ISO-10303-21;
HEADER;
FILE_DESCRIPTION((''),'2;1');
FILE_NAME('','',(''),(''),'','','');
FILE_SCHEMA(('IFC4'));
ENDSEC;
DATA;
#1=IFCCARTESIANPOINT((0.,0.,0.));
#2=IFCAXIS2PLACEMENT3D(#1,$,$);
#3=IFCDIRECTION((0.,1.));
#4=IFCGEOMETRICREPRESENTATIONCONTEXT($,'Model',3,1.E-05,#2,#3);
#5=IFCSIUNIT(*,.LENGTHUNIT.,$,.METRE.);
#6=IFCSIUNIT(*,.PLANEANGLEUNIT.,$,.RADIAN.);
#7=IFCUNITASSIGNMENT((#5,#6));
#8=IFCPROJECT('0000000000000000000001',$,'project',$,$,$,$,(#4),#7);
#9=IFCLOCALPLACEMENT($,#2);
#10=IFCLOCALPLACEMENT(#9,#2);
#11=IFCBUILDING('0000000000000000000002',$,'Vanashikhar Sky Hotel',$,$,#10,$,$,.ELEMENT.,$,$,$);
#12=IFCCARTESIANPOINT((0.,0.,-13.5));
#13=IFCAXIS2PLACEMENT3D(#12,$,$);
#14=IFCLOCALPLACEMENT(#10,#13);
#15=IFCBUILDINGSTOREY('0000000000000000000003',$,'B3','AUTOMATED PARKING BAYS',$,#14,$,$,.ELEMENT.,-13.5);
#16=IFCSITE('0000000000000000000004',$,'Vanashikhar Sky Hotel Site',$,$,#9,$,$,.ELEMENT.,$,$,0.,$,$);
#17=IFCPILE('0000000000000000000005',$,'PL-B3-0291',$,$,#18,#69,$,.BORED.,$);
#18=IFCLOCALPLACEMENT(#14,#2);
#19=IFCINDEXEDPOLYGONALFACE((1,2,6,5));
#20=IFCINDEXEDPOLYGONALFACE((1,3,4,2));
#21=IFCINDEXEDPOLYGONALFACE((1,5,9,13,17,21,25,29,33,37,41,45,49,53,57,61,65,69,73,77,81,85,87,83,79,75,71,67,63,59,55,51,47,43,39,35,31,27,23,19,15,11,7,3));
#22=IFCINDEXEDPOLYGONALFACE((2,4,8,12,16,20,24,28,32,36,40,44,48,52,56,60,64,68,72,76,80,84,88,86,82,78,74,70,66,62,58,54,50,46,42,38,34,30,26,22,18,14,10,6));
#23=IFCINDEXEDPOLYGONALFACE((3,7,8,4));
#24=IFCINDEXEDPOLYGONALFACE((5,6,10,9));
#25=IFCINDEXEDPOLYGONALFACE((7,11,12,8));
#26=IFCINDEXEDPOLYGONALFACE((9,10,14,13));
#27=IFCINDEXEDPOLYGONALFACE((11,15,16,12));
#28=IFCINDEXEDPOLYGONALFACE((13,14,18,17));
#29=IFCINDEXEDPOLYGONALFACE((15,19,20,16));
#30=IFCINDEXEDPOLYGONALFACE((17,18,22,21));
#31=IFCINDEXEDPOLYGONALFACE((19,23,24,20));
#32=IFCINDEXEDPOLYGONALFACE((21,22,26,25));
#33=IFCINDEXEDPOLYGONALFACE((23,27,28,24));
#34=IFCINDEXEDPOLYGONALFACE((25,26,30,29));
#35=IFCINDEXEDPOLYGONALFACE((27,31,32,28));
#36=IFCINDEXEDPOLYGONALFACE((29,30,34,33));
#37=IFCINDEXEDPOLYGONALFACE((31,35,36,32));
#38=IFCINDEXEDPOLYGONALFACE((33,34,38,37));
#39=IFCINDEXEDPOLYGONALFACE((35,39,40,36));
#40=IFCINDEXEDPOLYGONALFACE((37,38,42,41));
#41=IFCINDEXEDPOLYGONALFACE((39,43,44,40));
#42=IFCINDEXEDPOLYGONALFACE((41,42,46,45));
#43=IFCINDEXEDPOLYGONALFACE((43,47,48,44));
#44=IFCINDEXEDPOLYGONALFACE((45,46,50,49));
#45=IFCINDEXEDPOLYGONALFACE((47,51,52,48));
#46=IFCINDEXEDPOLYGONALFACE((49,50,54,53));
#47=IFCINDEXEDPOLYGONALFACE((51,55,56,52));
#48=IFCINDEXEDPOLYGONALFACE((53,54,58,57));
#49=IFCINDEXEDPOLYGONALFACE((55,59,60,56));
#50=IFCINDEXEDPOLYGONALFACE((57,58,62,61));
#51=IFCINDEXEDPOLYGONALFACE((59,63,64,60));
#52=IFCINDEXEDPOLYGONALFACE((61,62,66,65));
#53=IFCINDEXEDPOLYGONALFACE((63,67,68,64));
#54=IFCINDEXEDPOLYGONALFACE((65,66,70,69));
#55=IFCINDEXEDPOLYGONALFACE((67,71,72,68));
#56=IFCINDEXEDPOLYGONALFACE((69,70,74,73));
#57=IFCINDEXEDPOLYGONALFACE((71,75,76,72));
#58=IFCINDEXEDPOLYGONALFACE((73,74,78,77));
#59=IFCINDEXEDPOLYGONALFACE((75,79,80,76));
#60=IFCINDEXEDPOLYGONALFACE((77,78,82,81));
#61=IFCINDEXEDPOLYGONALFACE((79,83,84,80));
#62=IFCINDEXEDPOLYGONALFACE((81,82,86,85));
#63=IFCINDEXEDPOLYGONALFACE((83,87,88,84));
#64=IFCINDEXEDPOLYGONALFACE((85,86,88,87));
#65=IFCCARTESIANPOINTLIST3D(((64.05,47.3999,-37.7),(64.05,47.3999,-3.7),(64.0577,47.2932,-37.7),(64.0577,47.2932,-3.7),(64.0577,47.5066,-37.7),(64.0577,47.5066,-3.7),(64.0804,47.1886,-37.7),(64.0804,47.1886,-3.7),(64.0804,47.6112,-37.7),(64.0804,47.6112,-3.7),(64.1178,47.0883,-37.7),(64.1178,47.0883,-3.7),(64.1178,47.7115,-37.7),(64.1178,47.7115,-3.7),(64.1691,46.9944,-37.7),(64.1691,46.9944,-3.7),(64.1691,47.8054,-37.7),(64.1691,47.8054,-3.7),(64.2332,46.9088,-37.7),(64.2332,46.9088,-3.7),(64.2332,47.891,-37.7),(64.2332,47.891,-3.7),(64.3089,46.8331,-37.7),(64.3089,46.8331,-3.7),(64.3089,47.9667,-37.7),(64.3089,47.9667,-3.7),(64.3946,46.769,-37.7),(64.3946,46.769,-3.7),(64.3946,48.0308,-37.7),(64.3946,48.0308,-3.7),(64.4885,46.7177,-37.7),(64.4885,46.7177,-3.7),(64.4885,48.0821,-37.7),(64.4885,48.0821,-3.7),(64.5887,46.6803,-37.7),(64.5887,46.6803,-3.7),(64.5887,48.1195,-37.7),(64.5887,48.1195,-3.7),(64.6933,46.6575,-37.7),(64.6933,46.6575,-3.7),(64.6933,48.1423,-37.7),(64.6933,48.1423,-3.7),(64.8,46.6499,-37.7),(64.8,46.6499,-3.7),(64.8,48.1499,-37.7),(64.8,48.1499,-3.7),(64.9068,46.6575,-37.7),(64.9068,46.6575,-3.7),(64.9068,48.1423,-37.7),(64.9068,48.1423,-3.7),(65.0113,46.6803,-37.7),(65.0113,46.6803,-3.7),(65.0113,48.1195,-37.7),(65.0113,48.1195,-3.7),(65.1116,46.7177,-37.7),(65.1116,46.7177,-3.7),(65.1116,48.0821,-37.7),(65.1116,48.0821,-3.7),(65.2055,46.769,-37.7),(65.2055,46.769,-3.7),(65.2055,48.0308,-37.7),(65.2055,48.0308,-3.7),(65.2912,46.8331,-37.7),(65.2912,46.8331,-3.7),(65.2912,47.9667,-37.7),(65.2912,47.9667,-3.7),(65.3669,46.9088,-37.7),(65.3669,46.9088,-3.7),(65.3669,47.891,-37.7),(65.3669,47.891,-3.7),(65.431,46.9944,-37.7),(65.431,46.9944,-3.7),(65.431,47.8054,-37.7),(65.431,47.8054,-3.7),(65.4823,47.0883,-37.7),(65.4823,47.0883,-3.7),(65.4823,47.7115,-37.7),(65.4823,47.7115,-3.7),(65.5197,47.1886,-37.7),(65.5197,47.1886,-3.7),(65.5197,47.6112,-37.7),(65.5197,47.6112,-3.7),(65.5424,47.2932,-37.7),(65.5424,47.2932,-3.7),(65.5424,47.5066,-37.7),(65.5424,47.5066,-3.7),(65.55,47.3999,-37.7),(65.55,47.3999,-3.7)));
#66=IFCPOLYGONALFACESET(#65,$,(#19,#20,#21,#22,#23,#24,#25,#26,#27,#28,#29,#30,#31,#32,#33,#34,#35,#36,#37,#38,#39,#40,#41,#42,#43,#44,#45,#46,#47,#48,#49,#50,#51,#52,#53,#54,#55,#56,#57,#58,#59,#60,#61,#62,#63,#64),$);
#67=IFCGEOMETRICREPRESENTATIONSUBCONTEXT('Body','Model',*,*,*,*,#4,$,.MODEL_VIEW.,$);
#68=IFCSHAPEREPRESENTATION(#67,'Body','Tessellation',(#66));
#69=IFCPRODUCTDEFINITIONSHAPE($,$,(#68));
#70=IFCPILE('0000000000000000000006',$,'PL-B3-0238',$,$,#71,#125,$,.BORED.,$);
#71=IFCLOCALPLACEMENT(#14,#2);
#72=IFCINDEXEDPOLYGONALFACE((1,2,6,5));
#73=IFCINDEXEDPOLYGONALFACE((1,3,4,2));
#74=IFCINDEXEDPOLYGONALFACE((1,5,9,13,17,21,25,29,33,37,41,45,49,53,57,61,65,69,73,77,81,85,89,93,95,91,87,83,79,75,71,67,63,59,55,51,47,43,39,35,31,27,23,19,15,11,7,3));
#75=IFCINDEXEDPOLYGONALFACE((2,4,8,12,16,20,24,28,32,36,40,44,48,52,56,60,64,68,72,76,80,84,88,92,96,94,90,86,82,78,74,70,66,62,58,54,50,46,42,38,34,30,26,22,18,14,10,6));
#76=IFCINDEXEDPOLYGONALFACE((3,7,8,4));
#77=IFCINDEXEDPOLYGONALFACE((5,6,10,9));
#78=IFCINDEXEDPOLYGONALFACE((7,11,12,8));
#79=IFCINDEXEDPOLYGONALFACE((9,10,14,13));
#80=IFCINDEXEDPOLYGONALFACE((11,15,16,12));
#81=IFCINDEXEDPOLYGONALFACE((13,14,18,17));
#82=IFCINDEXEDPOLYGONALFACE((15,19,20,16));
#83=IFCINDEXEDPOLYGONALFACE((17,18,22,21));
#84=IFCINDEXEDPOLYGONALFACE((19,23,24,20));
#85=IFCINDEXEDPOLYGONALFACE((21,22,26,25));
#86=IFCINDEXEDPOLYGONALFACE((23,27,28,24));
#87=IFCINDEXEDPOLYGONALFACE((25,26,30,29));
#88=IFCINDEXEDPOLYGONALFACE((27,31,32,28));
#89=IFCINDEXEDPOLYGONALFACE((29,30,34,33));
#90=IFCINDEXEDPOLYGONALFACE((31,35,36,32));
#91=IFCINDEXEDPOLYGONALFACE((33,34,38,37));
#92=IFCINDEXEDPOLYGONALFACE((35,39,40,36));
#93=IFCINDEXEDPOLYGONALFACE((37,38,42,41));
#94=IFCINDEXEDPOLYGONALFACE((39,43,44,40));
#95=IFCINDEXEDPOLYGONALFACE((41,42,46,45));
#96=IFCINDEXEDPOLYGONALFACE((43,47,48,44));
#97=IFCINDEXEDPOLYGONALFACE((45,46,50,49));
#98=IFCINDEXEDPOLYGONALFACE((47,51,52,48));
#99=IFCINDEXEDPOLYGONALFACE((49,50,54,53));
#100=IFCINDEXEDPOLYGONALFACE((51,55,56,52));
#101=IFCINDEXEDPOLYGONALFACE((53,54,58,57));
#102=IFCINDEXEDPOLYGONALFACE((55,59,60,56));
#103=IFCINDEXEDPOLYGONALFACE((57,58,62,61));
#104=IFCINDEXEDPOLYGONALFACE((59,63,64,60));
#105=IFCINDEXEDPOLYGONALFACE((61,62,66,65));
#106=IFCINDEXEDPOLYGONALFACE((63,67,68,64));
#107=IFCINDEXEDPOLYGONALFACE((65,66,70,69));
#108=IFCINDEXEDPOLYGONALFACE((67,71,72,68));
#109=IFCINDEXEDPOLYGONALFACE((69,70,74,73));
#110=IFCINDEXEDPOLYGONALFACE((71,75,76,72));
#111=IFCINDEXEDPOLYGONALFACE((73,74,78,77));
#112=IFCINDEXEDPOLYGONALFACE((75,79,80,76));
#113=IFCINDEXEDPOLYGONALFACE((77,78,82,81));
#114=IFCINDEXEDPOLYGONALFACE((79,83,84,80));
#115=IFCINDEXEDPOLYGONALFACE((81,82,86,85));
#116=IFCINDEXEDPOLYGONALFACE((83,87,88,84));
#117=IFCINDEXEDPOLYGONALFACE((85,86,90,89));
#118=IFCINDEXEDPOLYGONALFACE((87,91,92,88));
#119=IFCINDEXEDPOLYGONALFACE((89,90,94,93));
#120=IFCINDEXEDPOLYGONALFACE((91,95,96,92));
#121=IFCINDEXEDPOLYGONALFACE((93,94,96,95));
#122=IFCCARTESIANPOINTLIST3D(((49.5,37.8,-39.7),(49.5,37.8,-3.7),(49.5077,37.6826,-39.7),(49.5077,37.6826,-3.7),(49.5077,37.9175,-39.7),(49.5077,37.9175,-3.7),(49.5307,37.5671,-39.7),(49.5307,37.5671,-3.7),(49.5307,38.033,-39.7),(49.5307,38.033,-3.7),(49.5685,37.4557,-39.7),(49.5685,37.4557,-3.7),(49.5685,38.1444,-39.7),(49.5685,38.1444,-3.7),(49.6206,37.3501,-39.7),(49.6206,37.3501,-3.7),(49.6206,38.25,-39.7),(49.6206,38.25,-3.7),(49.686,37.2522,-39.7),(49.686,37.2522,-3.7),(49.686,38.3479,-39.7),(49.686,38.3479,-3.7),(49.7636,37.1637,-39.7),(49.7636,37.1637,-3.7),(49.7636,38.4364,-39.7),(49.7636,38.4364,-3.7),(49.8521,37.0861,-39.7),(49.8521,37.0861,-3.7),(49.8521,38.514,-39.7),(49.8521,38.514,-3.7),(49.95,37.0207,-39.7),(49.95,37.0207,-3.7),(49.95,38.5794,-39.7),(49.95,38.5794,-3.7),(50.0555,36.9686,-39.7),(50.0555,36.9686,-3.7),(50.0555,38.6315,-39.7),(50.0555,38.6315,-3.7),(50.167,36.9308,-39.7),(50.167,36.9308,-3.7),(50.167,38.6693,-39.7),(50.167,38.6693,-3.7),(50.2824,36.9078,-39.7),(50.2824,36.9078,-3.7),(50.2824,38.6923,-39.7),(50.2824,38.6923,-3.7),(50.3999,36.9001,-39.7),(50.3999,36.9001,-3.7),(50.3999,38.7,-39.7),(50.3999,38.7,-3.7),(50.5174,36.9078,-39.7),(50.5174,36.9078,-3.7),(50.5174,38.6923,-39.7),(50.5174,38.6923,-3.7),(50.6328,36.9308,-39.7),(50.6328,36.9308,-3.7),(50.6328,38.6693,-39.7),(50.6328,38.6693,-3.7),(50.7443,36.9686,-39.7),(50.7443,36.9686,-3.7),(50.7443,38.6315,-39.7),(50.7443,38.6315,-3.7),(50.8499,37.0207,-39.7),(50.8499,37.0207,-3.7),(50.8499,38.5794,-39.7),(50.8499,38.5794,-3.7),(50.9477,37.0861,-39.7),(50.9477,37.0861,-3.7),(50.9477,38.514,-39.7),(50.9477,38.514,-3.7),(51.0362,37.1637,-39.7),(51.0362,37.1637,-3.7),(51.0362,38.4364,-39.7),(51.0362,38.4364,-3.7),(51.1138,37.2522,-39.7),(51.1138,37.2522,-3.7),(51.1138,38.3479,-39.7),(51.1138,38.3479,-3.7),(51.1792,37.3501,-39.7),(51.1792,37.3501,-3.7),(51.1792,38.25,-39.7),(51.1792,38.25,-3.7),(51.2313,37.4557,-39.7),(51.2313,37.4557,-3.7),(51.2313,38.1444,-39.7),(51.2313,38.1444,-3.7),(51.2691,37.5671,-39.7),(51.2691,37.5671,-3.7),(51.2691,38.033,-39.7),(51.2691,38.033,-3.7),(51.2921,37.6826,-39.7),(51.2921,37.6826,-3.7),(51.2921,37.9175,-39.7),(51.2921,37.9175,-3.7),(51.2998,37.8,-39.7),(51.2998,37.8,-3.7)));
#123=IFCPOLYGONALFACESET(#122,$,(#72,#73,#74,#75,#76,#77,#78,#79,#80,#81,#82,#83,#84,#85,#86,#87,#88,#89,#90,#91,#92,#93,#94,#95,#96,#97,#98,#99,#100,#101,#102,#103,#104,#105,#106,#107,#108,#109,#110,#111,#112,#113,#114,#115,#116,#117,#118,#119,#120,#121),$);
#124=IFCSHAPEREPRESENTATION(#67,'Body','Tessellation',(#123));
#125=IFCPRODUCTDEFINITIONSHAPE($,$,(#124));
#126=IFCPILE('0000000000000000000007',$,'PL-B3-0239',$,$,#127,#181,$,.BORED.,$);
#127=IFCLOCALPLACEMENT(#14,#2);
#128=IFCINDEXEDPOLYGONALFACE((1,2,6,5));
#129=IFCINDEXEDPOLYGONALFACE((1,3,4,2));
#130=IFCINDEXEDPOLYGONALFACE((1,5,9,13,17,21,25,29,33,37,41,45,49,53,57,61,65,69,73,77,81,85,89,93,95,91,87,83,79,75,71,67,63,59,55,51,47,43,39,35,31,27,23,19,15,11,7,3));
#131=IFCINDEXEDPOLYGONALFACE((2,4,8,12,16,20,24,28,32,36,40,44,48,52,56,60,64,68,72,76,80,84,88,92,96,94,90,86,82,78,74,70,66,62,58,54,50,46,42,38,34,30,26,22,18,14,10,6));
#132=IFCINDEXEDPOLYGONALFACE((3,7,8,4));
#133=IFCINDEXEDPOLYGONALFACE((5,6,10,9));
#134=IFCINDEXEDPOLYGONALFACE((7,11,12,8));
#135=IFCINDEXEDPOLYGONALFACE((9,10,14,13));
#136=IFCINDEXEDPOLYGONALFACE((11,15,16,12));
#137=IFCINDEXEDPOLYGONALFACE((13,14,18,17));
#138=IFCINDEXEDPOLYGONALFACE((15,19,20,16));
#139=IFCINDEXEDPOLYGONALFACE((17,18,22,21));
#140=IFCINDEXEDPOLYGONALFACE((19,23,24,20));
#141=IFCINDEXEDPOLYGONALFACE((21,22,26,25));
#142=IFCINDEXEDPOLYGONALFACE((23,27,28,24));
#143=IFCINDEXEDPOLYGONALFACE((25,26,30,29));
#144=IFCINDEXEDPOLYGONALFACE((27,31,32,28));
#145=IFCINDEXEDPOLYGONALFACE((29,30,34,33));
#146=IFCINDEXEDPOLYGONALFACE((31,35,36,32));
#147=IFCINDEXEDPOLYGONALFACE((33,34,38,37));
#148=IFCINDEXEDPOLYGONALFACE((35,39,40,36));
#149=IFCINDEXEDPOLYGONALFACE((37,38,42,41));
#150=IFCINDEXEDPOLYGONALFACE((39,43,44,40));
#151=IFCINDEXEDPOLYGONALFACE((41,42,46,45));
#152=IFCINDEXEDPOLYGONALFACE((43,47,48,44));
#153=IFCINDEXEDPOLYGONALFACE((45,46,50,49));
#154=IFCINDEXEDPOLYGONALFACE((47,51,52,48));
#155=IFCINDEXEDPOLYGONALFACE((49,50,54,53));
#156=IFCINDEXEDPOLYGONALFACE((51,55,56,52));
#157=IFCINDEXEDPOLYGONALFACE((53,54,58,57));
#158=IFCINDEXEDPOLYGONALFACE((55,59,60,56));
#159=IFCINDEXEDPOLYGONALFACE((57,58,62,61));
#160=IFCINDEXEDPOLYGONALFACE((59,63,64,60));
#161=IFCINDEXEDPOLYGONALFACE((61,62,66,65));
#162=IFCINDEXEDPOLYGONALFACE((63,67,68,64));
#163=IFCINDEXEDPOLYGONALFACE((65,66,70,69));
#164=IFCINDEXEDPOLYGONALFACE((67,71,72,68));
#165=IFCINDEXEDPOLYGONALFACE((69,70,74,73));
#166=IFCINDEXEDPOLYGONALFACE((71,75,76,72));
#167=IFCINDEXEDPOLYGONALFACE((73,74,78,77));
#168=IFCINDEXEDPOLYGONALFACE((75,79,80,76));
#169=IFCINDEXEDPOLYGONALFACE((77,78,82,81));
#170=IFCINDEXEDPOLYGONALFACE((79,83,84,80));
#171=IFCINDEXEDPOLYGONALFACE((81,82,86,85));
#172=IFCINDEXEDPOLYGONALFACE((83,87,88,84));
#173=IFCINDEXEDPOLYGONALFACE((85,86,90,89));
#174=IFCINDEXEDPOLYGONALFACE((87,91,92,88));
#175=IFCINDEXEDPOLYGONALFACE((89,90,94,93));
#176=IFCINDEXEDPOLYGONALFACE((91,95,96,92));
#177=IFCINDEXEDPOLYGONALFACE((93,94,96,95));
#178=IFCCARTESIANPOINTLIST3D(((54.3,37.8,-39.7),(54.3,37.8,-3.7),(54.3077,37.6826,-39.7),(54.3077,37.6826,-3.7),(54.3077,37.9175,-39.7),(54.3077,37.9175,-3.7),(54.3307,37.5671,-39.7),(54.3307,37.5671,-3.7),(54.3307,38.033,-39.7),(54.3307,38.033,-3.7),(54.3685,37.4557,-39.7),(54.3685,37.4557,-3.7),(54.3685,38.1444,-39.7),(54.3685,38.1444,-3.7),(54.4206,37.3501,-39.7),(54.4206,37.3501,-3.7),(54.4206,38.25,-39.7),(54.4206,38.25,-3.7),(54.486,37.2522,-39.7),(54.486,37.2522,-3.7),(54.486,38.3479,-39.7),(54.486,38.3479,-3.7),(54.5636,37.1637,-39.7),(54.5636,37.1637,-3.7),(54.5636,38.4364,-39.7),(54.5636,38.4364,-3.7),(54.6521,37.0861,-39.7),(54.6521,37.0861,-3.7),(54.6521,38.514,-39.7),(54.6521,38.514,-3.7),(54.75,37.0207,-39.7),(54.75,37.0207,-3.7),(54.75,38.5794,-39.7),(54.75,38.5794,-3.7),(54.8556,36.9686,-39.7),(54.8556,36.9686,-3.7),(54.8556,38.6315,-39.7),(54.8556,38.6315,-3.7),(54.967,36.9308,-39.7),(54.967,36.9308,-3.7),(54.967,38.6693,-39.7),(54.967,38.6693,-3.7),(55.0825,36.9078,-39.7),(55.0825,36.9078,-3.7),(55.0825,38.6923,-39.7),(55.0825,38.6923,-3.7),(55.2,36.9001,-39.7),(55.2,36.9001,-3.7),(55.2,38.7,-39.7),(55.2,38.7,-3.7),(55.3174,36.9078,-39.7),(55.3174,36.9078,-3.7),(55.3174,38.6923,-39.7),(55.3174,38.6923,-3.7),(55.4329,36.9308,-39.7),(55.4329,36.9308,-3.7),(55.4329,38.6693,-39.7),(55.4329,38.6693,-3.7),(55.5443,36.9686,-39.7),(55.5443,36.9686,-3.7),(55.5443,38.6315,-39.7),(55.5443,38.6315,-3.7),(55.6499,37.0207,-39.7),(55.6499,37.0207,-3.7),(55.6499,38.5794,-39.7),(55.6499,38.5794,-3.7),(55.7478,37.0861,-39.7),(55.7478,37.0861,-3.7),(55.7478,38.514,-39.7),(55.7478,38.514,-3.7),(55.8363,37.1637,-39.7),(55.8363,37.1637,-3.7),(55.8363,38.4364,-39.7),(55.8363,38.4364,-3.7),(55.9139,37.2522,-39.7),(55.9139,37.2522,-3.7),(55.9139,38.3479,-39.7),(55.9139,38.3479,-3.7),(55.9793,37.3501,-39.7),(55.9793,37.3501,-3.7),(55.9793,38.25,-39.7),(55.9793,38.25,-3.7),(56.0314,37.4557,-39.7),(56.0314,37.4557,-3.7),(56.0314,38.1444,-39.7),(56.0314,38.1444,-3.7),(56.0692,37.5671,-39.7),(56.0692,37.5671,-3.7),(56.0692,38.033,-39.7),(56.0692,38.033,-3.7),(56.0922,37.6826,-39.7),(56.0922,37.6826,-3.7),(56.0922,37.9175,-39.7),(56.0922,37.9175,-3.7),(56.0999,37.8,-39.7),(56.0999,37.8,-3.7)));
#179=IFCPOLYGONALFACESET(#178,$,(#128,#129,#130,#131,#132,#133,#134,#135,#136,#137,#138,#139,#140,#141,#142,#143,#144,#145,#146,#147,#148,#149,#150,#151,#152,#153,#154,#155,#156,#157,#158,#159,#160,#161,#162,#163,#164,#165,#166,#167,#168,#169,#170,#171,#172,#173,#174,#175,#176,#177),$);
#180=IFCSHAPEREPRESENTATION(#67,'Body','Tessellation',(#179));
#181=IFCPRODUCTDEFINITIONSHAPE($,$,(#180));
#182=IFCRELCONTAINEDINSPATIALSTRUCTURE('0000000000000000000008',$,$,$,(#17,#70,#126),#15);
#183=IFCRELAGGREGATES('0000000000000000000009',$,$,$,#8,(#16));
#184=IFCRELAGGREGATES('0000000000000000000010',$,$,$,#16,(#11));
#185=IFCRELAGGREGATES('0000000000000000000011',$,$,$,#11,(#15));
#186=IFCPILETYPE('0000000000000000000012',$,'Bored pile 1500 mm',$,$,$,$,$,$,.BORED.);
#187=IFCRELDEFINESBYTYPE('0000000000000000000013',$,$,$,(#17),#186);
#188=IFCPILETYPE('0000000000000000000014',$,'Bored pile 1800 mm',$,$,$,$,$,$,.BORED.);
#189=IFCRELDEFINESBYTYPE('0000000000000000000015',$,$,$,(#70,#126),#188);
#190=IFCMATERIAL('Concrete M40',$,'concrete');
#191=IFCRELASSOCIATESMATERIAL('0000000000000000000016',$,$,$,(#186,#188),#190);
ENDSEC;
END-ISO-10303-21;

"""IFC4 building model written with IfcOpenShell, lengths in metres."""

from ifc_helpers import new_model, si_unit, direction, frame, origin, origin_2d, place, context, subcontext, project, spatial, circle, extrude, source, transform, mapped, material, type_object, element, save


model = new_model("IFC4")

# Units and contexts
model_context = context("Model", 3, precision=1e-05, world=origin(), true_north=direction((0.0, 1.0)))
body_context = subcontext(model_context, "Body", "Model", "MODEL_VIEW")
ifc_project = project(units=[si_unit("LENGTHUNIT", "METRE"), si_unit("PLANEANGLEUNIT", "RADIAN")], contexts=[model_context])

# Site, building, storey
site_placement = place(None, origin())
site = spatial("IfcSite", under=ifc_project, at=site_placement, Name="Vanashikhar Sky Hotel Site", CompositionType="ELEMENT", RefElevation=0.0)
building_placement = place(site_placement, origin())
building = spatial("IfcBuilding", under=site, at=building_placement, Name="Vanashikhar Sky Hotel", CompositionType="ELEMENT")
storey_placement = place(building_placement, frame((0.0, 0.0, -13.5)))
storey = spatial("IfcBuildingStorey", under=building, at=storey_placement, Name="B3", Description="AUTOMATED PARKING BAYS", CompositionType="ELEMENT", Elevation=-13.5)

# Piles
ifc_material_1 = material(Name="Concrete M40", Category="concrete")
pile_type_1 = type_object("IfcPileType", Name="Bored pile 1500 mm", PredefinedType="BORED", material=ifc_material_1)
shared_shape_1 = source(origin(), body_context, "Body", "SweptSolid", [
    extrude(circle(Radius=0.75, at=origin_2d()), origin(), (0.0, 0.0, 1.0), 34.0),
])
for number, where, z_axis, x_axis, name in (
    (1, (64.8, 47.3999, -3.7), (0.0, 0.0, -1.0), (1.0, 0.0, 0.0), "PL-B3-0291"),
):
    element("IfcPile", number, at=place(storey_placement, frame(where, z_axis=z_axis, x_axis=x_axis)), inside=storey, type_object=pile_type_1, Name=name, PredefinedType="BORED", context=body_context, shape_type="MappedRepresentation", body=[
        mapped(shared_shape_1, transform((0.0, 0.0, 0.0), scale=1.0)),
    ])
pile_type_2 = type_object("IfcPileType", Name="Bored pile 1800 mm", PredefinedType="BORED", material=ifc_material_1)
shared_shape_2 = source(origin(), body_context, "Body", "SweptSolid", [
    extrude(circle(Radius=0.8999, at=origin_2d()), origin(), (0.0, 0.0, 1.0), 36.0),
])
for number, where, z_axis, x_axis, name in (
    (2, (50.3999, 37.8, -3.7), (0.0, 0.0, -1.0), (1.0, 0.0, 0.0), "PL-B3-0238"),
    (3, (55.2, 37.8, -3.7), (0.0, 0.0, -1.0), (1.0, 0.0, 0.0), "PL-B3-0239"),
):
    element("IfcPile", number, at=place(storey_placement, frame(where, z_axis=z_axis, x_axis=x_axis)), inside=storey, type_object=pile_type_2, Name=name, PredefinedType="BORED", context=body_context, shape_type="MappedRepresentation", body=[
        mapped(shared_shape_2, transform((0.0, 0.0, 0.0), scale=1.0)),
    ])

save(model, "model.ifc")
